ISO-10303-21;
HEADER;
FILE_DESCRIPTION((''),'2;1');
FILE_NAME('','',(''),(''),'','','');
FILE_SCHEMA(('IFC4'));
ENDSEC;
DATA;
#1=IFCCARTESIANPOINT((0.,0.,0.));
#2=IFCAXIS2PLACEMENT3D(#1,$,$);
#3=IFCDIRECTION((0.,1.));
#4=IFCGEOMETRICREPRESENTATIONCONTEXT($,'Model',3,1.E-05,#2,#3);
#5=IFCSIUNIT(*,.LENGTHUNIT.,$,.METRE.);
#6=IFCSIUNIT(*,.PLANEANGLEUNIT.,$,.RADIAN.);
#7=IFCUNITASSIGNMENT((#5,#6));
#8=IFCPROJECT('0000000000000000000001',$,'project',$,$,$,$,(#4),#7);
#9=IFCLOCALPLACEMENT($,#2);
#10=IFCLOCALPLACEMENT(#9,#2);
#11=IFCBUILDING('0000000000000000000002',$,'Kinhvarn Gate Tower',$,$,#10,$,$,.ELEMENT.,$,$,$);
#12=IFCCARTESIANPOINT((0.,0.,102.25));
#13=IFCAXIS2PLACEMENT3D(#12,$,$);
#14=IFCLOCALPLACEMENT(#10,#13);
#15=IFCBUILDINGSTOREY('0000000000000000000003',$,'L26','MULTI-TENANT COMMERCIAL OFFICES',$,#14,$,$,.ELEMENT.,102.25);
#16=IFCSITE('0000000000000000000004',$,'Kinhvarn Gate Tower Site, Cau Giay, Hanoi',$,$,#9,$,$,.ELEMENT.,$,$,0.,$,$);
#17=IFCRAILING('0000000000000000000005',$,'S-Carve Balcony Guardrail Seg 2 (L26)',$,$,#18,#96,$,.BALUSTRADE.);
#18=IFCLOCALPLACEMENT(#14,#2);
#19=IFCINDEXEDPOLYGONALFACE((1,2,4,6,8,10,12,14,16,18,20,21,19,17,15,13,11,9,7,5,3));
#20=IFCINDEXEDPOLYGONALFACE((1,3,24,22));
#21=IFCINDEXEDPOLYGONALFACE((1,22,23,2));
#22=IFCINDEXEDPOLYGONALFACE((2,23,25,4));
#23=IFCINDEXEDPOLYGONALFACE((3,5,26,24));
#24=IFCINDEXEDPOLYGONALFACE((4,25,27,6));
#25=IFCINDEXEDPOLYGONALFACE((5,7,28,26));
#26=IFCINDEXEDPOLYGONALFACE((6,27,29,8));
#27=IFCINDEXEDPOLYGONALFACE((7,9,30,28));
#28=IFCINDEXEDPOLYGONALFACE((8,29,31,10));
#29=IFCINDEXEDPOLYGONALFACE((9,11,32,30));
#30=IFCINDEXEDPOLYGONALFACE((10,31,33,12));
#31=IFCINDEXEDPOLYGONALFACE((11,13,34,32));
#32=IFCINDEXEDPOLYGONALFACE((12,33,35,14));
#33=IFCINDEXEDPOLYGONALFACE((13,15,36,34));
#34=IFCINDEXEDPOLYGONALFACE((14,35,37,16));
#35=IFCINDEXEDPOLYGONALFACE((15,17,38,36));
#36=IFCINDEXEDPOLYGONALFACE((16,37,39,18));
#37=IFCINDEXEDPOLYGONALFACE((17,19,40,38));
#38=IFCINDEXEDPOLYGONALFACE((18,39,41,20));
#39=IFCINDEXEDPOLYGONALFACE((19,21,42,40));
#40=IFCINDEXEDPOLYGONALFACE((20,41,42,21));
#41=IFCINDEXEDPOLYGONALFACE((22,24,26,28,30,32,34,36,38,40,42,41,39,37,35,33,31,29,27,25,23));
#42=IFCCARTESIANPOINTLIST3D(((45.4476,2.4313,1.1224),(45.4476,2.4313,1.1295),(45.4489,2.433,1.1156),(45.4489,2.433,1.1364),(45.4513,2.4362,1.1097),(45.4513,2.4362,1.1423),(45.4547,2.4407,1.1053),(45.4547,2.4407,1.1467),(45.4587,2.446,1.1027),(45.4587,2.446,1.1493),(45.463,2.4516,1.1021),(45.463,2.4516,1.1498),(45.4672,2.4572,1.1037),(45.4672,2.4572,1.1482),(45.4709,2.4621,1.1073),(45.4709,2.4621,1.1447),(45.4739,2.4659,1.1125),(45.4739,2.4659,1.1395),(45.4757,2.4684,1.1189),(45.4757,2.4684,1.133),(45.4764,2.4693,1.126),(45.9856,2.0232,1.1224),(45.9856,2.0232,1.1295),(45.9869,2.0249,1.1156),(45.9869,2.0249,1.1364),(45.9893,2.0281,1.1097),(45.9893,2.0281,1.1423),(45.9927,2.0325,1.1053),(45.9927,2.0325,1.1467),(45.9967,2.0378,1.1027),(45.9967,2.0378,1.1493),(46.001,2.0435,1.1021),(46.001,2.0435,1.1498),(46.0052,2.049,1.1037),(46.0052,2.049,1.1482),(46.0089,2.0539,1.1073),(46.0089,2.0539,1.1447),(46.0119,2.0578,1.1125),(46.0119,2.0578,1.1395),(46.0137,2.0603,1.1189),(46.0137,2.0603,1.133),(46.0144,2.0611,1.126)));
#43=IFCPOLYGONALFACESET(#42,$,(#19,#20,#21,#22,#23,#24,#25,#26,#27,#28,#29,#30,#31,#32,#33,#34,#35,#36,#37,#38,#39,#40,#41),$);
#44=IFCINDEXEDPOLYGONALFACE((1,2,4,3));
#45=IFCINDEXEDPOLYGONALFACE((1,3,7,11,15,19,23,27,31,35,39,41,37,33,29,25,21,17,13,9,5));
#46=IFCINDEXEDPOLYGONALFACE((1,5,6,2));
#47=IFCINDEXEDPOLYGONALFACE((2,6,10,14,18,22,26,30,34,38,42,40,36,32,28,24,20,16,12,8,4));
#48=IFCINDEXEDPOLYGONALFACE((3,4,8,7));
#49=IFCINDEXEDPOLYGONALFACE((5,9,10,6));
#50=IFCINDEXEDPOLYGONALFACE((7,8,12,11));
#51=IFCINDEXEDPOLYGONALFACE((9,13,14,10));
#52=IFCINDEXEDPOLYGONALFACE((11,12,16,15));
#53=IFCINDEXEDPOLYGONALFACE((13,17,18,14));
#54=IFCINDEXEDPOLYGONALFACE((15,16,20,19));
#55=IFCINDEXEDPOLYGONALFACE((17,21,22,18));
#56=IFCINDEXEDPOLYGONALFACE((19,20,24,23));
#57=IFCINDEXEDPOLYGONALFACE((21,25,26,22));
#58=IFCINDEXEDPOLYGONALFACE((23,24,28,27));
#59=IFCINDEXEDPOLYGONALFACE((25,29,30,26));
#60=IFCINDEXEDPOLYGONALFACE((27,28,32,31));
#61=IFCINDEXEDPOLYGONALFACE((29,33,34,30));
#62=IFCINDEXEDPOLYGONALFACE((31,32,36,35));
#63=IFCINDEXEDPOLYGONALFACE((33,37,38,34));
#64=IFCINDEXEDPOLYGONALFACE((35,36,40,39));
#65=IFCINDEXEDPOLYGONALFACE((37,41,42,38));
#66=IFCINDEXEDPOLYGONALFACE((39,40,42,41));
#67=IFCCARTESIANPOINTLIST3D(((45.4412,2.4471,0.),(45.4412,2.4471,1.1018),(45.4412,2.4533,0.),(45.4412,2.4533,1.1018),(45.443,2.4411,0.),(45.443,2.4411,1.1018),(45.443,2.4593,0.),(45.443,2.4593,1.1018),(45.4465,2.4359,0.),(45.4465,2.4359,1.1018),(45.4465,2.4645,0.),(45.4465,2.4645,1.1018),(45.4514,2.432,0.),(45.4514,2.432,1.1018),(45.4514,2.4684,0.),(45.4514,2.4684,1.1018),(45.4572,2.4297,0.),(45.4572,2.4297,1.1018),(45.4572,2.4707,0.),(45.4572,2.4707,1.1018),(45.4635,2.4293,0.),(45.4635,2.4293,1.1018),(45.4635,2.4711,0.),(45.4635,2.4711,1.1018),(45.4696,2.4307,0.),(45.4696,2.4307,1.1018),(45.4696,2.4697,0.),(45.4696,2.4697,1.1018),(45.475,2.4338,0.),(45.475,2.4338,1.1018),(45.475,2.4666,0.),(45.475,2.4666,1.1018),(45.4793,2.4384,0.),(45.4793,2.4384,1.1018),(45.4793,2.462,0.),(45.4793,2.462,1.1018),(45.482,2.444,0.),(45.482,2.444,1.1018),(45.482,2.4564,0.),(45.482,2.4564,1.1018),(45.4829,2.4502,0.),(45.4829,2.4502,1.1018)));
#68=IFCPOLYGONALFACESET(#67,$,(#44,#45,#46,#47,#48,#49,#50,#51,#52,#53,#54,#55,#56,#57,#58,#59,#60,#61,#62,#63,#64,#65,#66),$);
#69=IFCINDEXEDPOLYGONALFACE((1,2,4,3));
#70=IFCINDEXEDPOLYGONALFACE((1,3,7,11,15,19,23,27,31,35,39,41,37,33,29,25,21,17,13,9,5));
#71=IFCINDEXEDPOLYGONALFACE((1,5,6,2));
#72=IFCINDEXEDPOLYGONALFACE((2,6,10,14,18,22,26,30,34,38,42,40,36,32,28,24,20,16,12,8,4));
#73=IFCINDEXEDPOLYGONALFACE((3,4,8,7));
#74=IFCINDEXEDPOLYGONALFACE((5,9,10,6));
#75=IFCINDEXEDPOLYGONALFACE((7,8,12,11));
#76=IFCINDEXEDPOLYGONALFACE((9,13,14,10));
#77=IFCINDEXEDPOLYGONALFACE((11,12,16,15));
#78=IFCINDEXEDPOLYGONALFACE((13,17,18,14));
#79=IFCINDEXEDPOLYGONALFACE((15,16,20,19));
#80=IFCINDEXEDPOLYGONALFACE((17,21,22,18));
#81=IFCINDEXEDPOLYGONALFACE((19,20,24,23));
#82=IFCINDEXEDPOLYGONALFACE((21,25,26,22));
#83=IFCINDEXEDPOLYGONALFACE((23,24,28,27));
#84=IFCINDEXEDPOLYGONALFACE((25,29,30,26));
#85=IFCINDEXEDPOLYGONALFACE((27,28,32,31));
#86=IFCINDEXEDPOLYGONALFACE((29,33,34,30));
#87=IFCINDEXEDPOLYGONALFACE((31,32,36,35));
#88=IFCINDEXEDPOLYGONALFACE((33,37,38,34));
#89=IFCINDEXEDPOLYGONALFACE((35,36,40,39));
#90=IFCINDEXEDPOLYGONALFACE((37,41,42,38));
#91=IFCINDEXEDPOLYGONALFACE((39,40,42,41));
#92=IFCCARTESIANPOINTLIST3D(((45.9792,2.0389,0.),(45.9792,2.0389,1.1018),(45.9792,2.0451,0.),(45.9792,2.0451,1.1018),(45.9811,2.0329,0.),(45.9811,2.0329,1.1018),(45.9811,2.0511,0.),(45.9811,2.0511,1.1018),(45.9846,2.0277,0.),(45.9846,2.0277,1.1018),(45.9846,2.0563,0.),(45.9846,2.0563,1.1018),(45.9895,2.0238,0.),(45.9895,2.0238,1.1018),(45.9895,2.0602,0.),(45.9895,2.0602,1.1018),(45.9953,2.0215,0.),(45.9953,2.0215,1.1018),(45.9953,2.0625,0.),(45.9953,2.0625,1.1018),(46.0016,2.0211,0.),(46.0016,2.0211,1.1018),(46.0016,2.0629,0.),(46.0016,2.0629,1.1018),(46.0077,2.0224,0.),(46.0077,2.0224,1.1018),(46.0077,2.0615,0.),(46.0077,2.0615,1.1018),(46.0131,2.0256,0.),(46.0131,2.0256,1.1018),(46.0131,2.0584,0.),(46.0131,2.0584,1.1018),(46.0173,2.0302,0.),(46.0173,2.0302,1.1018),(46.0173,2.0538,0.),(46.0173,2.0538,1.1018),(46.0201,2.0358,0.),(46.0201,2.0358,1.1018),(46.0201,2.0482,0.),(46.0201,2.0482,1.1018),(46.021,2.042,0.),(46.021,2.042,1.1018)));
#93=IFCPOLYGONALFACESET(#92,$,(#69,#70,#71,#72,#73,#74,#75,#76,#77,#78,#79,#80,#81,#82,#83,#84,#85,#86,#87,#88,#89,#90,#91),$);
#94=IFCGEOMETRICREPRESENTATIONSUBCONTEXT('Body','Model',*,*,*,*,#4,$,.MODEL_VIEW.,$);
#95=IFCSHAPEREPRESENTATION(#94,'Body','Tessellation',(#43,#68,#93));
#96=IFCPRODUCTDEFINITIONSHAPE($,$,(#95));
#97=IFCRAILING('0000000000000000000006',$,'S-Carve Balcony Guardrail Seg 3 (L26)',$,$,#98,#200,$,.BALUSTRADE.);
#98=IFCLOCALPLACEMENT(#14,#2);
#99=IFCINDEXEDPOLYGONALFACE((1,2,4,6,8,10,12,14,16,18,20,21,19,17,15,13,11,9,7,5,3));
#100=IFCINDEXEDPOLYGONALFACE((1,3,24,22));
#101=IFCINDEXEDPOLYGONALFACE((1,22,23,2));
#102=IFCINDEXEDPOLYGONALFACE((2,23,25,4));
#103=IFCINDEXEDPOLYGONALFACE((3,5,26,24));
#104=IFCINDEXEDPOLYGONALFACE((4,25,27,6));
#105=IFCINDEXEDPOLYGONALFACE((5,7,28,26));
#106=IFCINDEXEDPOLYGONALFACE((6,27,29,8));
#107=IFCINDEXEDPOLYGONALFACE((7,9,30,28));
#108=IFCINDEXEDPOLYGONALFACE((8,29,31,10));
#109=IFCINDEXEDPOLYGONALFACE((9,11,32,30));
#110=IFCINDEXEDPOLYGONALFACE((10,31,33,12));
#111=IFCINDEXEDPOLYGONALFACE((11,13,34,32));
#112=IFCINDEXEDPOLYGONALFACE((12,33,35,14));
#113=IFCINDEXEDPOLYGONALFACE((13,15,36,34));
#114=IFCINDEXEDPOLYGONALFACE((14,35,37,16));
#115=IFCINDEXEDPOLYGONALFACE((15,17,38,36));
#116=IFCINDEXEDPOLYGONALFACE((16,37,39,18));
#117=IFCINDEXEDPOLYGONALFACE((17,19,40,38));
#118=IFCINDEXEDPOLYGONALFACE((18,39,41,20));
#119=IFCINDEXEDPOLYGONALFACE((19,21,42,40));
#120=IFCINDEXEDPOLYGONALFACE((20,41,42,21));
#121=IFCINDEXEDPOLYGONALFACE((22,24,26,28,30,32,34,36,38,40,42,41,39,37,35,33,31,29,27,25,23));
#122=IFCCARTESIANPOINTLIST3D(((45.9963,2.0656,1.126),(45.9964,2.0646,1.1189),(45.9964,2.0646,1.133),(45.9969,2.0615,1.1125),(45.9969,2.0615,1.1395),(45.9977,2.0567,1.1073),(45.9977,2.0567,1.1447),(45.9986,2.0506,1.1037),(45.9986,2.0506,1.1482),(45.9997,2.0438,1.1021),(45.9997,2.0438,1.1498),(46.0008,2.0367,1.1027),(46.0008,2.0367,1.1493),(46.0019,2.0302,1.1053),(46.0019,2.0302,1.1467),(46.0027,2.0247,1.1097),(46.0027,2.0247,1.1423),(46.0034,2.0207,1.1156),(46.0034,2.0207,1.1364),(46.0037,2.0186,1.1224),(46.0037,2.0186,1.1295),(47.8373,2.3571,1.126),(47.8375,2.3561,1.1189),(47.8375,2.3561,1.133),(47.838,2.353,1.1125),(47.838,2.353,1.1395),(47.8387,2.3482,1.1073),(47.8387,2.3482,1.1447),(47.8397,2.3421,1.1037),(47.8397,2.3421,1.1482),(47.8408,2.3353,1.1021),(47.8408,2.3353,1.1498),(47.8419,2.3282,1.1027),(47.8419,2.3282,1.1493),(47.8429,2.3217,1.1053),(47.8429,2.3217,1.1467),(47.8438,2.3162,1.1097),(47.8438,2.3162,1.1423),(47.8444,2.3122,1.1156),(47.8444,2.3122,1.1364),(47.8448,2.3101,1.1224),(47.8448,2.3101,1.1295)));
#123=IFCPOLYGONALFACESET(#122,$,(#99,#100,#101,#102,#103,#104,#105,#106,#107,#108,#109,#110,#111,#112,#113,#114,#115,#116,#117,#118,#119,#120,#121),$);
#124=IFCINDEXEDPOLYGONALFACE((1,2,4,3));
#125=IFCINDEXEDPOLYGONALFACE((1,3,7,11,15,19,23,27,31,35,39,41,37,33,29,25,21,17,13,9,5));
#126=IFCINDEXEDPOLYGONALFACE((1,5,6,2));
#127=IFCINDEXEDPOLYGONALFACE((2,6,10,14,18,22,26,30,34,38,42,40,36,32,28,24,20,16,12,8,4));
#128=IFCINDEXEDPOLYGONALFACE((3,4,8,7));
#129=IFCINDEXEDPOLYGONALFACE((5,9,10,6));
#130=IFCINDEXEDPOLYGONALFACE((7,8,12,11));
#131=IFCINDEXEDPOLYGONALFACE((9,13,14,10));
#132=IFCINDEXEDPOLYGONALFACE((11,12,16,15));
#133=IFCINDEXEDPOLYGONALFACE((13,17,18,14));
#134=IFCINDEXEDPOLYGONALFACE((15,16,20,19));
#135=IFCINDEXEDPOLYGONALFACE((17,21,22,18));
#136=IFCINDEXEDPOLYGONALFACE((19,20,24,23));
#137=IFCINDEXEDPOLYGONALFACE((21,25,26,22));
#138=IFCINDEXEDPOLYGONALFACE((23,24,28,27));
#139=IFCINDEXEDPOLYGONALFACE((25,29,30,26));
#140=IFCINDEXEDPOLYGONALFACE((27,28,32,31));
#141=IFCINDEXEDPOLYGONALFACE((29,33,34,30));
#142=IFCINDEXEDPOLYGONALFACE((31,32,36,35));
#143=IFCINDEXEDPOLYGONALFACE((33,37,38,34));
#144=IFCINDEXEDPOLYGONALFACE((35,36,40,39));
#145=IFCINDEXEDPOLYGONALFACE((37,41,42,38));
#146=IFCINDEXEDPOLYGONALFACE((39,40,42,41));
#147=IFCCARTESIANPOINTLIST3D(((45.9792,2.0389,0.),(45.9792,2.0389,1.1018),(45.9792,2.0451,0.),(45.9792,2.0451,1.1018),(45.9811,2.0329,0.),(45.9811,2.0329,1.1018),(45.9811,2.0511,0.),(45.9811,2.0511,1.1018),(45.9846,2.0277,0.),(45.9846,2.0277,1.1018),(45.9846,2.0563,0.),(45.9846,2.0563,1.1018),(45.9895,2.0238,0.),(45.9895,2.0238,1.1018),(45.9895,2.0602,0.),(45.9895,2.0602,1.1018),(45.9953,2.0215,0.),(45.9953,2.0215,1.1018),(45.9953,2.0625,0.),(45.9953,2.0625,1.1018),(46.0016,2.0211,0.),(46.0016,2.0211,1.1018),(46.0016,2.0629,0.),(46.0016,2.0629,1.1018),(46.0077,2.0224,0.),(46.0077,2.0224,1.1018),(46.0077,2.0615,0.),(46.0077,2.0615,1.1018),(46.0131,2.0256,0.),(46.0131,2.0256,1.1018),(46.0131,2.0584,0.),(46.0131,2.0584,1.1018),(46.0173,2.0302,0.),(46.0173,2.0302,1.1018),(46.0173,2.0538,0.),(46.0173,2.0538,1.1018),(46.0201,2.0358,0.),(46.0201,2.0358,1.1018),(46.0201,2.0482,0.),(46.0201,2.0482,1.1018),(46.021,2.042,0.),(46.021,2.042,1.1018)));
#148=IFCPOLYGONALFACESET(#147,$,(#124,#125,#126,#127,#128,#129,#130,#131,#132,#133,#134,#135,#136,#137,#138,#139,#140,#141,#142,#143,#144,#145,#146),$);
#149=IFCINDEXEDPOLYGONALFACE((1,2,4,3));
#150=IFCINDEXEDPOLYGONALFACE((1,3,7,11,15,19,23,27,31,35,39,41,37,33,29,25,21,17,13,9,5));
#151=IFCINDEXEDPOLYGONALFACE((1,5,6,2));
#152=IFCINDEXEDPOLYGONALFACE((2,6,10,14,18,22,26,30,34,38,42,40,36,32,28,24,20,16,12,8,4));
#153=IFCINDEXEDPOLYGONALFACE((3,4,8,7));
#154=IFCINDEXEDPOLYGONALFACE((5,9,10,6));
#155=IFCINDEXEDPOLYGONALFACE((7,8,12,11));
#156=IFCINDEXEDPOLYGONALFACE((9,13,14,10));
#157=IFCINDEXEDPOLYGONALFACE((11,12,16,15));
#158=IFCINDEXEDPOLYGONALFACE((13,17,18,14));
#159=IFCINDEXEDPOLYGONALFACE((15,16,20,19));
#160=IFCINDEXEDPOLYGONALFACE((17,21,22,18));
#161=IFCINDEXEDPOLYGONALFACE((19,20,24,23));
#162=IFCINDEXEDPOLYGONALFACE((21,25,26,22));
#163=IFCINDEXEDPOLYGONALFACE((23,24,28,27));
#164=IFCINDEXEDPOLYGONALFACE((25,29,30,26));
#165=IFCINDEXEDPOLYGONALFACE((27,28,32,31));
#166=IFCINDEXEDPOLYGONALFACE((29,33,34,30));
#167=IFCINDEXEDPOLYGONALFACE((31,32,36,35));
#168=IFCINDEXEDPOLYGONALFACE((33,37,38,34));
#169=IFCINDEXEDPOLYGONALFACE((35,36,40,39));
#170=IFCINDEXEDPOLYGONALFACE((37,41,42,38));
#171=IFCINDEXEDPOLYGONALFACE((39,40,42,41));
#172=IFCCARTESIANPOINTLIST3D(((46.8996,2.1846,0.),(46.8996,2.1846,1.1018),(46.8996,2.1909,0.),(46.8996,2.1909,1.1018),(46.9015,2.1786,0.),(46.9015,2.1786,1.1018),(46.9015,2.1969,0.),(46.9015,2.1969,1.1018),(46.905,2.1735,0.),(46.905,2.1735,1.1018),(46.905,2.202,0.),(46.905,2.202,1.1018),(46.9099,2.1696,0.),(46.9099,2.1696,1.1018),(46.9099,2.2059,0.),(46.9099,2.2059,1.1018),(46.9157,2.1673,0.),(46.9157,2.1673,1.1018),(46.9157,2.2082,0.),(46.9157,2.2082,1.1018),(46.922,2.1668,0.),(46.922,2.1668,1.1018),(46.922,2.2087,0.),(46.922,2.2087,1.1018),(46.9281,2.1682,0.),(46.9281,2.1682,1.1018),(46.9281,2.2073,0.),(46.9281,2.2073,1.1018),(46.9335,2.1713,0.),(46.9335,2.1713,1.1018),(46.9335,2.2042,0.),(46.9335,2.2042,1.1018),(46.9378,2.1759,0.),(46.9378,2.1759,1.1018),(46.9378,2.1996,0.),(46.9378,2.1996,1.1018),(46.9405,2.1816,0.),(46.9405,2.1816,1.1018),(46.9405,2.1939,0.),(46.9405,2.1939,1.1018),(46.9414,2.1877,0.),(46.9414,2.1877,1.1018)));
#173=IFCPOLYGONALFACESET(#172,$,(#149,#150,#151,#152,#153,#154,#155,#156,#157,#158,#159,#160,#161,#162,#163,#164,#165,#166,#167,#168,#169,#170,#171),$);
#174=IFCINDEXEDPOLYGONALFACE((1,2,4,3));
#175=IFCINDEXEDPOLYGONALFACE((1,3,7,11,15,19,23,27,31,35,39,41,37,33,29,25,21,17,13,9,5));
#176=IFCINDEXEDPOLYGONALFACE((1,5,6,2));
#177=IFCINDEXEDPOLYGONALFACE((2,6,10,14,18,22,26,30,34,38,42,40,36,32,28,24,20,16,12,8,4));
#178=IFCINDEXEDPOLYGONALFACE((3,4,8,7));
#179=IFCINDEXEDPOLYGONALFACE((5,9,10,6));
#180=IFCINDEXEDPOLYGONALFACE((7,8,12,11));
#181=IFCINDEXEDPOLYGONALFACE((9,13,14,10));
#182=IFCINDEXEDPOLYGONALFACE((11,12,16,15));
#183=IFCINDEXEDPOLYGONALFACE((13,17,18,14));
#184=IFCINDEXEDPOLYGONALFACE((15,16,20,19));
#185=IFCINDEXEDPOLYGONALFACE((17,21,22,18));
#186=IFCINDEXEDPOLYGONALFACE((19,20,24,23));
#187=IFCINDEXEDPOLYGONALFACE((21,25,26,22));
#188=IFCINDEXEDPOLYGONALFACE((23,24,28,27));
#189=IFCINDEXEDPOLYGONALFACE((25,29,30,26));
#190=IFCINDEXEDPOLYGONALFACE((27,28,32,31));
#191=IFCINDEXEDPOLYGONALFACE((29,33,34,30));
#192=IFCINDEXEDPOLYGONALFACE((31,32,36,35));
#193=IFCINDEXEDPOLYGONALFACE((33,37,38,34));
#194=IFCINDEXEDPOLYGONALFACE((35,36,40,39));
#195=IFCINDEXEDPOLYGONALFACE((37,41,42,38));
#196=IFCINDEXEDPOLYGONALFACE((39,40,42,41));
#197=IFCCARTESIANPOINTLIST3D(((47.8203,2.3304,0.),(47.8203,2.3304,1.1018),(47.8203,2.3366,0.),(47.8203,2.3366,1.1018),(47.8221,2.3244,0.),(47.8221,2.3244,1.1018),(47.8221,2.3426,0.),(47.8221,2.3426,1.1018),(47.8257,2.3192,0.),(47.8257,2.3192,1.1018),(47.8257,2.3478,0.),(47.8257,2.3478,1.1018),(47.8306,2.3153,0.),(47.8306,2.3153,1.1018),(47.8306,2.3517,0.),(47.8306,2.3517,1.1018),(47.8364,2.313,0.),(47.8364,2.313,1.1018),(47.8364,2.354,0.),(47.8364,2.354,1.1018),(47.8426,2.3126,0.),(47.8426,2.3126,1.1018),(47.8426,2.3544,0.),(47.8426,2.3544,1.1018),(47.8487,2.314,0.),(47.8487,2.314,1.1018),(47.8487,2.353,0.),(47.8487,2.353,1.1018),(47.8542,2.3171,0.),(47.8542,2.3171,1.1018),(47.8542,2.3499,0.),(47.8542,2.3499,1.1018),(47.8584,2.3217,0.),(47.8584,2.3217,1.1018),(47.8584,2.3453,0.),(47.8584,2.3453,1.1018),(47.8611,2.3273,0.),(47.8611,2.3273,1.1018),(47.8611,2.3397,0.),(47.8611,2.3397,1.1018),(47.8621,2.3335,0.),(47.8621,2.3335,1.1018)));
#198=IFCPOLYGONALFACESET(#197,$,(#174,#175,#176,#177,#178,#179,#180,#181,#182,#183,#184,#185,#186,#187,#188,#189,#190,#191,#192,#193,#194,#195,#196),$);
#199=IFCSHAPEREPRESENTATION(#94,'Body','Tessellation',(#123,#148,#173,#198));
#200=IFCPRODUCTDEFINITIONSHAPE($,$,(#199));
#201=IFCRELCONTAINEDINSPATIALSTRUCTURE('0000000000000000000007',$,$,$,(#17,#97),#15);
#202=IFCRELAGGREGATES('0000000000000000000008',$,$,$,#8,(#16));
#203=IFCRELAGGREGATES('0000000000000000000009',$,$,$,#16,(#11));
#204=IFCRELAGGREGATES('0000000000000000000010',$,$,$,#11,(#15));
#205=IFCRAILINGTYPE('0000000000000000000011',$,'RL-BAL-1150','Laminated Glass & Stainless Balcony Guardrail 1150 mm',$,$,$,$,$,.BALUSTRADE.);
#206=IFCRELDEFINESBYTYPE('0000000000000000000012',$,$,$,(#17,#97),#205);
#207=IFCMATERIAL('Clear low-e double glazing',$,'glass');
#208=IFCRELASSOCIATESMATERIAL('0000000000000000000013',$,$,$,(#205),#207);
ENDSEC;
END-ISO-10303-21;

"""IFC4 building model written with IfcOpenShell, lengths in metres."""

from ifc_helpers import new_model, si_unit, direction, frame, origin, origin_2d, place, context, subcontext, project, spatial, circle, extrude, material, type_object, element, save


model = new_model("IFC4")

# Units and contexts
model_context = context("Model", 3, precision=1e-05, world=origin(), true_north=direction((0.0, 1.0)))
body_context = subcontext(model_context, "Body", "Model", "MODEL_VIEW")
ifc_project = project(units=[si_unit("LENGTHUNIT", "METRE"), si_unit("PLANEANGLEUNIT", "RADIAN")], contexts=[model_context])

# Site, building, storey
site_placement = place(None, origin())
site = spatial("IfcSite", under=ifc_project, at=site_placement, Name="Kinhvarn Gate Tower Site, Cau Giay, Hanoi", CompositionType="ELEMENT", RefElevation=0.0)
building_placement = place(site_placement, origin())
building = spatial("IfcBuilding", under=site, at=building_placement, Name="Kinhvarn Gate Tower", CompositionType="ELEMENT")
storey_placement = place(building_placement, frame((0.0, 0.0, 102.25)))
storey = spatial("IfcBuildingStorey", under=building, at=storey_placement, Name="L26", Description="MULTI-TENANT COMMERCIAL OFFICES", CompositionType="ELEMENT", Elevation=102.25)

# Shared definitions
ifc_material_1 = material(Name="Clear low-e double glazing", Category="glass")

# Railings
railing_type = type_object("IfcRailingType", Name="RL-BAL-1150", Description="Laminated Glass & Stainless Balcony Guardrail 1150 mm", PredefinedType="BALUSTRADE", material=ifc_material_1)
railing_1_placement = place(storey_placement, frame((45.4619, 2.4502, 0.0)))
element("IfcRailing", 1, at=railing_1_placement, inside=storey, type_object=railing_type, Name="S-Carve Balcony Guardrail Seg 2 (L26)", PredefinedType="BALUSTRADE", context=body_context, shape_type="SweptSolid", body=[
    extrude(circle(Radius=0.0239, at=origin_2d()), frame((0.0, 0.0, 1.126), z_axis=(0.796691, -0.604386, 0.0), x_axis=(0.604386, 0.796691, 0.0)), (0.0, 0.0, 1.0), 0.6753),
    extrude(circle(Radius=0.021, at=origin_2d()), origin(), (0.0, 0.0, 1.0), 1.1018),
    extrude(circle(Radius=0.021, at=origin_2d()), frame((0.5381, -0.4082, 0.0)), (0.0, 0.0, 1.0), 1.1018),
])
railing_2_placement = place(storey_placement, frame((46.0, 2.042, 0.0)))
element("IfcRailing", 2, at=railing_2_placement, inside=storey, type_object=railing_type, Name="S-Carve Balcony Guardrail Seg 3 (L26)", PredefinedType="BALUSTRADE", context=body_context, shape_type="SweptSolid", body=[
    extrude(circle(Radius=0.0239, at=origin_2d()), frame((0.0, 0.0, 1.126), z_axis=(0.987696, 0.156386, 0.0), x_axis=(-0.156386, 0.987696, 0.0)), (0.0, 0.0, 1.0), 1.864),
    extrude(circle(Radius=0.021, at=origin_2d()), origin(), (0.0, 0.0, 1.0), 1.1018),
    extrude(circle(Radius=0.021, at=origin_2d()), frame((0.9204, 0.1458, 0.0)), (0.0, 0.0, 1.0), 1.1018),
    extrude(circle(Radius=0.021, at=origin_2d()), frame((1.8411, 0.2915, 0.0)), (0.0, 0.0, 1.0), 1.1018),
])

save(model, "model.ifc")
